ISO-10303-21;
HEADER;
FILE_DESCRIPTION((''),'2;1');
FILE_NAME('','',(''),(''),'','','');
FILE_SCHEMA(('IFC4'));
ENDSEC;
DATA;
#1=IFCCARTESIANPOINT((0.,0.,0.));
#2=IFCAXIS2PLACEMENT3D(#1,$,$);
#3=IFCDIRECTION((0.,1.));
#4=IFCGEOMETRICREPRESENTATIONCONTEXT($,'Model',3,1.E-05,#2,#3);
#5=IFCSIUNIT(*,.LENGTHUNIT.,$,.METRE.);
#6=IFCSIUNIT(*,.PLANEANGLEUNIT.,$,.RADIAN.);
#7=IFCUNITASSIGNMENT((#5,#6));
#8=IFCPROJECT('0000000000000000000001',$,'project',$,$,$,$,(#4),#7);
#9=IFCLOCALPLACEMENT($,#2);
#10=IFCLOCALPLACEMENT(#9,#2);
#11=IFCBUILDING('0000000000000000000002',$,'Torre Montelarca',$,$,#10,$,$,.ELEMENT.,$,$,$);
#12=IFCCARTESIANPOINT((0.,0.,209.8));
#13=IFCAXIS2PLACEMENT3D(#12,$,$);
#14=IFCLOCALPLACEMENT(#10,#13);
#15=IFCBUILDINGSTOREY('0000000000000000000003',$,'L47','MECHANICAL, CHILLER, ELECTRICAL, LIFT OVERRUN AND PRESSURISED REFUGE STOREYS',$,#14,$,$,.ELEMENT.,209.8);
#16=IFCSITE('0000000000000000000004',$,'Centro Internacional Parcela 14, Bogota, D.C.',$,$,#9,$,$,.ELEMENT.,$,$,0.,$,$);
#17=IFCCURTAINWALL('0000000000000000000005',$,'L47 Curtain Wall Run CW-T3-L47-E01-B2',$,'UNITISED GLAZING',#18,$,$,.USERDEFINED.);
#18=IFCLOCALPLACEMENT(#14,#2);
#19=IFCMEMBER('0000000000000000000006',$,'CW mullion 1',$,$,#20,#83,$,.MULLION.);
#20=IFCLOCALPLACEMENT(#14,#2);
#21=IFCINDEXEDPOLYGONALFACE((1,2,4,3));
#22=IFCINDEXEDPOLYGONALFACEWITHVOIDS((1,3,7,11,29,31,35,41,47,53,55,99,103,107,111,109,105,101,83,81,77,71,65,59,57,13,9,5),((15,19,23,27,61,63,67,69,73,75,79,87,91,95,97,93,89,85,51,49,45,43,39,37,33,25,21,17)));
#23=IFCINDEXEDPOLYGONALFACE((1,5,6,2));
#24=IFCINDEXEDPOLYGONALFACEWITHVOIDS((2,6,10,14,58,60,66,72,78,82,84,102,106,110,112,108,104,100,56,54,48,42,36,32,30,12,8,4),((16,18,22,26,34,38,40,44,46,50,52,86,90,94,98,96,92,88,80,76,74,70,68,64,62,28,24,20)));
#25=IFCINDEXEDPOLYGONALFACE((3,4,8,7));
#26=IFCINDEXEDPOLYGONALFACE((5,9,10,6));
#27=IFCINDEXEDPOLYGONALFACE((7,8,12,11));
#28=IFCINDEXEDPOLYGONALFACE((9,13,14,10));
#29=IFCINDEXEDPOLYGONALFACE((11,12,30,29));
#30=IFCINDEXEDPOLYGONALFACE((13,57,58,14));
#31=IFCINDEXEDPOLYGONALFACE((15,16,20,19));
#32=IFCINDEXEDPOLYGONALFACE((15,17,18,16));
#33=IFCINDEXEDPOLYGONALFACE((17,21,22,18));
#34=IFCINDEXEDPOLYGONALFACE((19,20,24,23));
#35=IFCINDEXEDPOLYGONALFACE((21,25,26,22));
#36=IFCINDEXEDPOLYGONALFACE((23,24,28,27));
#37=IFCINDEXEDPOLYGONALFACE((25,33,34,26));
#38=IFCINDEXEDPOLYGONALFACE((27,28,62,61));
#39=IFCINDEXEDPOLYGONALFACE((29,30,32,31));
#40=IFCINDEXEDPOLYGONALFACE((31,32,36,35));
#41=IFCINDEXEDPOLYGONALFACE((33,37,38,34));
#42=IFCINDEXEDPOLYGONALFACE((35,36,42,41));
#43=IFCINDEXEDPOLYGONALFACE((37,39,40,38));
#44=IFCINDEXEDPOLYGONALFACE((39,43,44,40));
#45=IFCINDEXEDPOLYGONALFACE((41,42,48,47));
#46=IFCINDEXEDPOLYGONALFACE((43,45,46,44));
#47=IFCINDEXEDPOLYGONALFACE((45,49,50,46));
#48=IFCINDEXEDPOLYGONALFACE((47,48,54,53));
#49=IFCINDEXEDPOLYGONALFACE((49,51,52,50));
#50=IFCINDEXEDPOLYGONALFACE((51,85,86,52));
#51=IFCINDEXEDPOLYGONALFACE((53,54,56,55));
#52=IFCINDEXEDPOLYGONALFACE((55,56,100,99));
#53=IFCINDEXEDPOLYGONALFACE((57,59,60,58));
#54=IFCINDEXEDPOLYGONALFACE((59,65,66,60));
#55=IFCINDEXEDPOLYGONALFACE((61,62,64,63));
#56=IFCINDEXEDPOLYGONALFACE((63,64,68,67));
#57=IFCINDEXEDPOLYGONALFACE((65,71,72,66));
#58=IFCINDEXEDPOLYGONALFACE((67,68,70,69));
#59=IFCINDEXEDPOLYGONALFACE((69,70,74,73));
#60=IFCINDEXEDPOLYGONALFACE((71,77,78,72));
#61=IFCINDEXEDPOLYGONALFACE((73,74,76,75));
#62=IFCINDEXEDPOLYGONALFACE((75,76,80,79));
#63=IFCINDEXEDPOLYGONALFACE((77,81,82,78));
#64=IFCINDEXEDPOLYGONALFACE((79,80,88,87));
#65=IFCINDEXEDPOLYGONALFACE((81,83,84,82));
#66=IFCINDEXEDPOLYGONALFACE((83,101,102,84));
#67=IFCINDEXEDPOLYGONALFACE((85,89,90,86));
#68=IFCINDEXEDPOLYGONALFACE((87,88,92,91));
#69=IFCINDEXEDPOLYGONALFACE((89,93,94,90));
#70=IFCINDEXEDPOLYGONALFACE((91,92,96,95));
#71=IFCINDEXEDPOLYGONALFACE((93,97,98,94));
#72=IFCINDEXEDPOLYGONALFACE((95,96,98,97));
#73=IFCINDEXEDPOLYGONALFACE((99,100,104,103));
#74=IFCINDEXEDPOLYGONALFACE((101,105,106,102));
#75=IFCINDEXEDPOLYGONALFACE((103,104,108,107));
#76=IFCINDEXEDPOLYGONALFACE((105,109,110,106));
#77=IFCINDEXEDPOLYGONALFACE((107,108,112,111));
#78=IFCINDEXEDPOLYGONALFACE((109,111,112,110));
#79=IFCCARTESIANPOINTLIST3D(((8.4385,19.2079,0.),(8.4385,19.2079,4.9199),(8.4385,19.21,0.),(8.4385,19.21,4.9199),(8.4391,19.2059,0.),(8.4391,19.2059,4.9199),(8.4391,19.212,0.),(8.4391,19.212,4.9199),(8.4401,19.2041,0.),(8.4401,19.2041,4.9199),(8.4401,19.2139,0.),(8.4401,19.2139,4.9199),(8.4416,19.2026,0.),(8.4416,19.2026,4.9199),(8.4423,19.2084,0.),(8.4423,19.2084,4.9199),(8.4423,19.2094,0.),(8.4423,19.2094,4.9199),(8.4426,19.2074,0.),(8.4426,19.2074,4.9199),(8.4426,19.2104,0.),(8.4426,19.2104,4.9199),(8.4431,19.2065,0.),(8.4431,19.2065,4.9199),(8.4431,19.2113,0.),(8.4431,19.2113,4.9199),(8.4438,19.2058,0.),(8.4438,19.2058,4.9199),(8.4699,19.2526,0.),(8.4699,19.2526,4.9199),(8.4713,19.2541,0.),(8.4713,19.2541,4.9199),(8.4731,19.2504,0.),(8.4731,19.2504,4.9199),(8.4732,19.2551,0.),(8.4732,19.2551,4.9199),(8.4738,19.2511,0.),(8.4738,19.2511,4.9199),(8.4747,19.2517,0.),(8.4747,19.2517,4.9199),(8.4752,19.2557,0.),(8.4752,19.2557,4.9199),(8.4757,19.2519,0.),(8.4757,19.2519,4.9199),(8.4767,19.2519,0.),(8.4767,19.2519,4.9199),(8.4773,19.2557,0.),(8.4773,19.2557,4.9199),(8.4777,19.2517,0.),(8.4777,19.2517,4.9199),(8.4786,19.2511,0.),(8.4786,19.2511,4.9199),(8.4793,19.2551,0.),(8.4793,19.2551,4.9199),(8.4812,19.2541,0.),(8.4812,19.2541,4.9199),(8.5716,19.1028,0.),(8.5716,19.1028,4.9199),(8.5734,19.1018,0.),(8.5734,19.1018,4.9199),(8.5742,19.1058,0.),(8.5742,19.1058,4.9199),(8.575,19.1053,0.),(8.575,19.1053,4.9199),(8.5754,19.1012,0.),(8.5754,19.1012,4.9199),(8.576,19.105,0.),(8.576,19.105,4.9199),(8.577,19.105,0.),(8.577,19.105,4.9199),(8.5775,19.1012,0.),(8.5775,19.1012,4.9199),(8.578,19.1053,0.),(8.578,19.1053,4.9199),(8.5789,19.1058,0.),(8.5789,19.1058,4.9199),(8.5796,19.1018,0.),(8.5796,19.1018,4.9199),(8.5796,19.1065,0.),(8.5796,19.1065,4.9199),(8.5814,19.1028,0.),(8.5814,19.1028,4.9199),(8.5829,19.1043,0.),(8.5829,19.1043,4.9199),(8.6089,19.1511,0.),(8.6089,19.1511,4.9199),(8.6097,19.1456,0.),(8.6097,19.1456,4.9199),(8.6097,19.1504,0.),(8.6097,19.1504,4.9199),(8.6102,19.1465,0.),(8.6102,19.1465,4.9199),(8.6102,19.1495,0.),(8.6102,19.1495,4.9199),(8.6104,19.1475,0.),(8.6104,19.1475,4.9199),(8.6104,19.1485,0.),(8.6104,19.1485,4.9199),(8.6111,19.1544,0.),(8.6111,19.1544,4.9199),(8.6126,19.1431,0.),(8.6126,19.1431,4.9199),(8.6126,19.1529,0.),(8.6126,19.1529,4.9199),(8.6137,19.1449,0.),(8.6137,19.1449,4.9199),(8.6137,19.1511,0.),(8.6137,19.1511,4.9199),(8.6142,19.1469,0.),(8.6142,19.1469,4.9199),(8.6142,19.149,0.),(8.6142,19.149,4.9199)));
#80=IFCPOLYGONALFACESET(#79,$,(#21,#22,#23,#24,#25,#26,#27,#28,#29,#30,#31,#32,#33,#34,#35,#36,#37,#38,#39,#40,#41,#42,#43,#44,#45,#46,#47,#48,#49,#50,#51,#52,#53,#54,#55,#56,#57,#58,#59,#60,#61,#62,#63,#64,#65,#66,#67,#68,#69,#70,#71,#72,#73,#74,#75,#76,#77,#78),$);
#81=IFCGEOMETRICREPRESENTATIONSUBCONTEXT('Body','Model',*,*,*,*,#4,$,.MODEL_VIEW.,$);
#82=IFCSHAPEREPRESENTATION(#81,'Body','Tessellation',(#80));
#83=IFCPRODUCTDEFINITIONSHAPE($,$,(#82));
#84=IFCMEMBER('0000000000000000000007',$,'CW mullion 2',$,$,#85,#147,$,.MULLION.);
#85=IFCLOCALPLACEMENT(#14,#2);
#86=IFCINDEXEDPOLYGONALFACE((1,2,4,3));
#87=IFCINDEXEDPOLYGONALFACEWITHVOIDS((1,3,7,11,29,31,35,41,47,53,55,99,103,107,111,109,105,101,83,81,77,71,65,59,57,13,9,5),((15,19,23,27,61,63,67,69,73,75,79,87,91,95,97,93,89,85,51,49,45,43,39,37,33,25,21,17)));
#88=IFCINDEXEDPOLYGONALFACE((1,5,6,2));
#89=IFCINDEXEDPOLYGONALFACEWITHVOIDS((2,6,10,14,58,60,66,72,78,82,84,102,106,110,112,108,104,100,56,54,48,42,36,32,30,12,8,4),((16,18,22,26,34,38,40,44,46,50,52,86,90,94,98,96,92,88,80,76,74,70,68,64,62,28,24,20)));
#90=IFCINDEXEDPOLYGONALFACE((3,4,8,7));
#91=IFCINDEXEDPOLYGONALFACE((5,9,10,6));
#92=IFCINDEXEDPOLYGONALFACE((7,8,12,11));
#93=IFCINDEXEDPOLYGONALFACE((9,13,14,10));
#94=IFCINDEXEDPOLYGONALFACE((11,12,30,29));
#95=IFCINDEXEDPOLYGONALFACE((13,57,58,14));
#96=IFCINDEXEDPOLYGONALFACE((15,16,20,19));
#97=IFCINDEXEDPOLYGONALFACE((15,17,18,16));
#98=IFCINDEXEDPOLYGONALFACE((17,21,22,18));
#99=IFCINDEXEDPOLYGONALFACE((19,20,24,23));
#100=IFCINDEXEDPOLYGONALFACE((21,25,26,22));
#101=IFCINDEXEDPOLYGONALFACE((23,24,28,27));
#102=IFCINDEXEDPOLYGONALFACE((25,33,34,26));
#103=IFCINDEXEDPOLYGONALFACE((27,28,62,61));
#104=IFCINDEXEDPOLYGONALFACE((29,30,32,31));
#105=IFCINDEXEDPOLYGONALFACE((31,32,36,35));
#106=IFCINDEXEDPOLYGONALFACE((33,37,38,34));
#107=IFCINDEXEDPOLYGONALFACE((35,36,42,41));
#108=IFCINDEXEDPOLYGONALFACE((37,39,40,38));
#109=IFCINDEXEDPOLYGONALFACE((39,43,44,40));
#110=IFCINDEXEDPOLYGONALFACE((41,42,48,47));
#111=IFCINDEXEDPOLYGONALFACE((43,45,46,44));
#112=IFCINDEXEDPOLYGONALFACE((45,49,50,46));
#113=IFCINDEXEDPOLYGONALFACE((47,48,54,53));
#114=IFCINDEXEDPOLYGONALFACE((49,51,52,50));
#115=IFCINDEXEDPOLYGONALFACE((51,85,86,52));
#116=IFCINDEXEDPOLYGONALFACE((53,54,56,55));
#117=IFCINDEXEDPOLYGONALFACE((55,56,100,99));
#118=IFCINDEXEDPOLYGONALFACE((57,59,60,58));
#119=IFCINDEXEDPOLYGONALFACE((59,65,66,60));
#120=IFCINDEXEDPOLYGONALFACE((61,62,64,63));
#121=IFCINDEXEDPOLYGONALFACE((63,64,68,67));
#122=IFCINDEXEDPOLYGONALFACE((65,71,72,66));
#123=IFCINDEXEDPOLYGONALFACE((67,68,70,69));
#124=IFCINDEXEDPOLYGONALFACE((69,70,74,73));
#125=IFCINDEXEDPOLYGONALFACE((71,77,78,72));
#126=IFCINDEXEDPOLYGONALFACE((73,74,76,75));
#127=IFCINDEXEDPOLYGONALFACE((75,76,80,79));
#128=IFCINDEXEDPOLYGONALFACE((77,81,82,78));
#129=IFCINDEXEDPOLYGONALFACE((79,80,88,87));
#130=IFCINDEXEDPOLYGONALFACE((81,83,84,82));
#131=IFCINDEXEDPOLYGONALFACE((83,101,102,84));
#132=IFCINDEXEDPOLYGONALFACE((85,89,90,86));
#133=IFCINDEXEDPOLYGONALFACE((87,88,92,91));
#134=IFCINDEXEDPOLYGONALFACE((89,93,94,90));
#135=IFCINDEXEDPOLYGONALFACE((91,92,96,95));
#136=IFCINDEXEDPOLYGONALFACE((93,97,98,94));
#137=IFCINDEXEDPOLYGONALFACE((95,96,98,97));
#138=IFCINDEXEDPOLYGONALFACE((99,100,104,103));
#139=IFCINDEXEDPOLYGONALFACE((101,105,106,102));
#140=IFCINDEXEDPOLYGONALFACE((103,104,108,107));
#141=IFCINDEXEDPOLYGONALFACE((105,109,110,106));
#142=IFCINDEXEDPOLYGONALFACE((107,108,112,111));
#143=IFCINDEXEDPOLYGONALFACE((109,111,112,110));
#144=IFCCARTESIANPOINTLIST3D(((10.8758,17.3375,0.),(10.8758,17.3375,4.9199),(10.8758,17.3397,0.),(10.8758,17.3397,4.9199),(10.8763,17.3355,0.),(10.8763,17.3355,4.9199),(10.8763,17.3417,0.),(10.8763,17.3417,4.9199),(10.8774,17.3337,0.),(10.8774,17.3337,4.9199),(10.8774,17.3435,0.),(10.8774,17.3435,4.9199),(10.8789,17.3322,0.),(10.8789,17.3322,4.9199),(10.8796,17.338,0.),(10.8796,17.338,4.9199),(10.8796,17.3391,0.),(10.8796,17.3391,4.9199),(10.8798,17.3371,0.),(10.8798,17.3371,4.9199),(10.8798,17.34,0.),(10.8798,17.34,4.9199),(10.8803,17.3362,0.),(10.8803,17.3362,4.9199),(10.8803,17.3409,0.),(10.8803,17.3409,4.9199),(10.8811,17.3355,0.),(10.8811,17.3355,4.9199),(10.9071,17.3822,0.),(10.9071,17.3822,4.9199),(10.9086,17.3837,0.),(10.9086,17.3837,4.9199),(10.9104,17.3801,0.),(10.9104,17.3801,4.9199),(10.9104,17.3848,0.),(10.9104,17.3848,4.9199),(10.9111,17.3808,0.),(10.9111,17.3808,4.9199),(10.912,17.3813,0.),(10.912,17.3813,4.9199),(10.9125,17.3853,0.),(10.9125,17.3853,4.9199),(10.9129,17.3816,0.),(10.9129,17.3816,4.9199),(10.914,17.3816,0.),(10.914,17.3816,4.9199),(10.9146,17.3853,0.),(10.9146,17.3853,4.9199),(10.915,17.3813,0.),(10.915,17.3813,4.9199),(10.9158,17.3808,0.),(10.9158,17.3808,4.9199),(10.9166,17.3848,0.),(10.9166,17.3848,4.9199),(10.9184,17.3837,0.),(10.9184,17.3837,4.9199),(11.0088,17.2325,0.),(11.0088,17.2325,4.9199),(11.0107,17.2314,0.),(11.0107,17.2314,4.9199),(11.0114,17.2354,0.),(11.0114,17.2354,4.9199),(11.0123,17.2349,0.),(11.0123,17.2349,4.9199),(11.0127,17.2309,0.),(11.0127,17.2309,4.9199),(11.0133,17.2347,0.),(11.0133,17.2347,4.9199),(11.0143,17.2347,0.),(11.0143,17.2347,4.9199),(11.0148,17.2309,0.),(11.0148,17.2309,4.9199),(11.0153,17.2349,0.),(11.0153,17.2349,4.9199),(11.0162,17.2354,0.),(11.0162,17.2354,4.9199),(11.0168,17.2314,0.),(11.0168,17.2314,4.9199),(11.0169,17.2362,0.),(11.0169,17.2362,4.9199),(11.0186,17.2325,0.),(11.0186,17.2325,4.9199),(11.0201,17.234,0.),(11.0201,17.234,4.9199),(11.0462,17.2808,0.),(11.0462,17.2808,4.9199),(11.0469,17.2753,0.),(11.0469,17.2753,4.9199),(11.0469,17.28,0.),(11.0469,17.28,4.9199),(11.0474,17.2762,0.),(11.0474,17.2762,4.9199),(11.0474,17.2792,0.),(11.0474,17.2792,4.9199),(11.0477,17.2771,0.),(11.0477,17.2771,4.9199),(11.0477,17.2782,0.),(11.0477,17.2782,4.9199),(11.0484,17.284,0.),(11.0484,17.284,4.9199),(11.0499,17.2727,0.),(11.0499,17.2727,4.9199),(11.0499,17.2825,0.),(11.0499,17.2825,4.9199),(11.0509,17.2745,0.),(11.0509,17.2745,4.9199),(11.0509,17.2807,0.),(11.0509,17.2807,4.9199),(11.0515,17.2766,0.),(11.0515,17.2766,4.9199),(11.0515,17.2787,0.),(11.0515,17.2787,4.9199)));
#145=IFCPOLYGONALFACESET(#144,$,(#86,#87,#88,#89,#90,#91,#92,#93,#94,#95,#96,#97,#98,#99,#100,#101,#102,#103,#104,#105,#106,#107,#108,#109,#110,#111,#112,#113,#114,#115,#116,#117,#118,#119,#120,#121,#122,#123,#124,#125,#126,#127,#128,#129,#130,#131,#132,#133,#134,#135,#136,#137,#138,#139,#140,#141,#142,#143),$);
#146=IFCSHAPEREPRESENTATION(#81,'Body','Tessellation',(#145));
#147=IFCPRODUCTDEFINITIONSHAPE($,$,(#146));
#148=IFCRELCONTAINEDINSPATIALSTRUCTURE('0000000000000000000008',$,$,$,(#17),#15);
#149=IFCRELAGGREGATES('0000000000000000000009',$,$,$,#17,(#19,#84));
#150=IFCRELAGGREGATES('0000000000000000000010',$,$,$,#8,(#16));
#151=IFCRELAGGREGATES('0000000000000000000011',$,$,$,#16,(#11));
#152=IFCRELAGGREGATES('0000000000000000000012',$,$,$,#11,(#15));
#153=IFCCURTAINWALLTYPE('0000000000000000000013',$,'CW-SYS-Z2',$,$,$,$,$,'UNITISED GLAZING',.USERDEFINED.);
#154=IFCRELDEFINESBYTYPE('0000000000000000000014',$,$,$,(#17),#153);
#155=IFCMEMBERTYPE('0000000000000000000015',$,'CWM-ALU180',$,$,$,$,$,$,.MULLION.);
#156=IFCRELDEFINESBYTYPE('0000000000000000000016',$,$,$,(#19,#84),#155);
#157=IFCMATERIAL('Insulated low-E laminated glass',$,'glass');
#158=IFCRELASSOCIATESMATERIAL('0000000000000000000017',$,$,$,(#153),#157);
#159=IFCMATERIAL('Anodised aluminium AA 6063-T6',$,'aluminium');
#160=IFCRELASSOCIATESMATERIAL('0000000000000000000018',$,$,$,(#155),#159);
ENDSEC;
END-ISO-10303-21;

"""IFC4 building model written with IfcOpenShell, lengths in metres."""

from ifc_helpers import new_model, si_unit, direction, frame, origin, origin_2d, place, context, subcontext, project, spatial, hollow_rectangle, extrude, source, transform, mapped, material, material_profile, profile_set, type_object, element, aggregate, save


model = new_model("IFC4")

# Units and contexts
model_context = context("Model", 3, precision=1e-05, world=origin(), true_north=direction((0.0, 1.0)))
body_context = subcontext(model_context, "Body", "Model", "MODEL_VIEW")
ifc_project = project(units=[si_unit("LENGTHUNIT", "METRE"), si_unit("PLANEANGLEUNIT", "RADIAN")], contexts=[model_context])

# Site, building, storey
site_placement = place(None, origin())
site = spatial("IfcSite", under=ifc_project, at=site_placement, Name="Centro Internacional Parcela 14, Bogota, D.C.", CompositionType="ELEMENT", RefElevation=0.0)
building_placement = place(site_placement, origin())
building = spatial("IfcBuilding", under=site, at=building_placement, Name="Torre Montelarca", CompositionType="ELEMENT")
storey_placement = place(building_placement, frame((0.0, 0.0, 209.8)))
storey = spatial("IfcBuildingStorey", under=building, at=storey_placement, Name="L47", Description="MECHANICAL, CHILLER, ELECTRICAL, LIFT OVERRUN AND PRESSURISED REFUGE STOREYS", CompositionType="ELEMENT", Elevation=209.8)

# Curtain wall, members
ifc_material_1 = material(Name="Insulated low-E laminated glass", Category="glass")
curtain_wall_type = type_object("IfcCurtainWallType", Name="CW-SYS-Z2", ElementType="UNITISED GLAZING", PredefinedType="USERDEFINED", material=ifc_material_1)
ifc_material_2 = material(Name="Anodised aluminium AA 6063-T6", Category="aluminium")
curtain_wall_1_placement = place(storey_placement, origin())
curtain_wall_1 = element("IfcCurtainWall", 1, at=curtain_wall_1_placement, inside=storey, type_object=curtain_wall_type, Name="L47 Curtain Wall Run CW-T3-L47-E01-B2", ObjectType="UNITISED GLAZING", PredefinedType="USERDEFINED")
ifc_material_profile_1 = material_profile(ifc_material_2, hollow_rectangle(XDim=0.0649, YDim=0.1799, WallThickness=0.0039, InnerFilletRadius=0.0039, OuterFilletRadius=0.0081, at=origin_2d()), Name="ALU65X180X4", Category="aluminium")
ifc_profile_set_1 = profile_set([ifc_material_profile_1], Name="Anodised aluminium AA 6063-T6")
member_type_1 = type_object("IfcMemberType", Name="CWM-ALU180", PredefinedType="MULLION", material=ifc_profile_set_1)
shared_shape_1 = source(origin(), body_context, "Body", "SweptSolid", [
    extrude(hollow_rectangle(XDim=0.0649, YDim=0.1799, WallThickness=0.0039, InnerFilletRadius=0.0039, OuterFilletRadius=0.0081, at=origin_2d()), origin(), (0.0, 0.0, 1.0), 4.9199),
])
member_1_placement = place(storey_placement, frame((8.5264, 19.1785, 0.0), z_axis=(0.0, 0.0, 1.0), x_axis=(0.608763, 0.793352, 0.0)))
member_1 = element("IfcMember", 2, at=member_1_placement, type_object=member_type_1, Name="CW mullion 1", PredefinedType="MULLION", context=body_context, shape_type="MappedRepresentation", body=[
    mapped(shared_shape_1, transform((0.0, 0.0, 0.0), scale=1.0)),
])
member_2_placement = place(storey_placement, frame((10.9636, 17.3081, 0.0), z_axis=(0.0, 0.0, 1.0), x_axis=(0.608763, 0.793352, 0.0)))
member_2 = element("IfcMember", 3, at=member_2_placement, type_object=member_type_1, Name="CW mullion 2", PredefinedType="MULLION", context=body_context, shape_type="MappedRepresentation", body=[
    mapped(shared_shape_1, transform((0.0, 0.0, 0.0), scale=1.0)),
])

aggregate(curtain_wall_1, [member_1, member_2])

save(model, "model.ifc")
